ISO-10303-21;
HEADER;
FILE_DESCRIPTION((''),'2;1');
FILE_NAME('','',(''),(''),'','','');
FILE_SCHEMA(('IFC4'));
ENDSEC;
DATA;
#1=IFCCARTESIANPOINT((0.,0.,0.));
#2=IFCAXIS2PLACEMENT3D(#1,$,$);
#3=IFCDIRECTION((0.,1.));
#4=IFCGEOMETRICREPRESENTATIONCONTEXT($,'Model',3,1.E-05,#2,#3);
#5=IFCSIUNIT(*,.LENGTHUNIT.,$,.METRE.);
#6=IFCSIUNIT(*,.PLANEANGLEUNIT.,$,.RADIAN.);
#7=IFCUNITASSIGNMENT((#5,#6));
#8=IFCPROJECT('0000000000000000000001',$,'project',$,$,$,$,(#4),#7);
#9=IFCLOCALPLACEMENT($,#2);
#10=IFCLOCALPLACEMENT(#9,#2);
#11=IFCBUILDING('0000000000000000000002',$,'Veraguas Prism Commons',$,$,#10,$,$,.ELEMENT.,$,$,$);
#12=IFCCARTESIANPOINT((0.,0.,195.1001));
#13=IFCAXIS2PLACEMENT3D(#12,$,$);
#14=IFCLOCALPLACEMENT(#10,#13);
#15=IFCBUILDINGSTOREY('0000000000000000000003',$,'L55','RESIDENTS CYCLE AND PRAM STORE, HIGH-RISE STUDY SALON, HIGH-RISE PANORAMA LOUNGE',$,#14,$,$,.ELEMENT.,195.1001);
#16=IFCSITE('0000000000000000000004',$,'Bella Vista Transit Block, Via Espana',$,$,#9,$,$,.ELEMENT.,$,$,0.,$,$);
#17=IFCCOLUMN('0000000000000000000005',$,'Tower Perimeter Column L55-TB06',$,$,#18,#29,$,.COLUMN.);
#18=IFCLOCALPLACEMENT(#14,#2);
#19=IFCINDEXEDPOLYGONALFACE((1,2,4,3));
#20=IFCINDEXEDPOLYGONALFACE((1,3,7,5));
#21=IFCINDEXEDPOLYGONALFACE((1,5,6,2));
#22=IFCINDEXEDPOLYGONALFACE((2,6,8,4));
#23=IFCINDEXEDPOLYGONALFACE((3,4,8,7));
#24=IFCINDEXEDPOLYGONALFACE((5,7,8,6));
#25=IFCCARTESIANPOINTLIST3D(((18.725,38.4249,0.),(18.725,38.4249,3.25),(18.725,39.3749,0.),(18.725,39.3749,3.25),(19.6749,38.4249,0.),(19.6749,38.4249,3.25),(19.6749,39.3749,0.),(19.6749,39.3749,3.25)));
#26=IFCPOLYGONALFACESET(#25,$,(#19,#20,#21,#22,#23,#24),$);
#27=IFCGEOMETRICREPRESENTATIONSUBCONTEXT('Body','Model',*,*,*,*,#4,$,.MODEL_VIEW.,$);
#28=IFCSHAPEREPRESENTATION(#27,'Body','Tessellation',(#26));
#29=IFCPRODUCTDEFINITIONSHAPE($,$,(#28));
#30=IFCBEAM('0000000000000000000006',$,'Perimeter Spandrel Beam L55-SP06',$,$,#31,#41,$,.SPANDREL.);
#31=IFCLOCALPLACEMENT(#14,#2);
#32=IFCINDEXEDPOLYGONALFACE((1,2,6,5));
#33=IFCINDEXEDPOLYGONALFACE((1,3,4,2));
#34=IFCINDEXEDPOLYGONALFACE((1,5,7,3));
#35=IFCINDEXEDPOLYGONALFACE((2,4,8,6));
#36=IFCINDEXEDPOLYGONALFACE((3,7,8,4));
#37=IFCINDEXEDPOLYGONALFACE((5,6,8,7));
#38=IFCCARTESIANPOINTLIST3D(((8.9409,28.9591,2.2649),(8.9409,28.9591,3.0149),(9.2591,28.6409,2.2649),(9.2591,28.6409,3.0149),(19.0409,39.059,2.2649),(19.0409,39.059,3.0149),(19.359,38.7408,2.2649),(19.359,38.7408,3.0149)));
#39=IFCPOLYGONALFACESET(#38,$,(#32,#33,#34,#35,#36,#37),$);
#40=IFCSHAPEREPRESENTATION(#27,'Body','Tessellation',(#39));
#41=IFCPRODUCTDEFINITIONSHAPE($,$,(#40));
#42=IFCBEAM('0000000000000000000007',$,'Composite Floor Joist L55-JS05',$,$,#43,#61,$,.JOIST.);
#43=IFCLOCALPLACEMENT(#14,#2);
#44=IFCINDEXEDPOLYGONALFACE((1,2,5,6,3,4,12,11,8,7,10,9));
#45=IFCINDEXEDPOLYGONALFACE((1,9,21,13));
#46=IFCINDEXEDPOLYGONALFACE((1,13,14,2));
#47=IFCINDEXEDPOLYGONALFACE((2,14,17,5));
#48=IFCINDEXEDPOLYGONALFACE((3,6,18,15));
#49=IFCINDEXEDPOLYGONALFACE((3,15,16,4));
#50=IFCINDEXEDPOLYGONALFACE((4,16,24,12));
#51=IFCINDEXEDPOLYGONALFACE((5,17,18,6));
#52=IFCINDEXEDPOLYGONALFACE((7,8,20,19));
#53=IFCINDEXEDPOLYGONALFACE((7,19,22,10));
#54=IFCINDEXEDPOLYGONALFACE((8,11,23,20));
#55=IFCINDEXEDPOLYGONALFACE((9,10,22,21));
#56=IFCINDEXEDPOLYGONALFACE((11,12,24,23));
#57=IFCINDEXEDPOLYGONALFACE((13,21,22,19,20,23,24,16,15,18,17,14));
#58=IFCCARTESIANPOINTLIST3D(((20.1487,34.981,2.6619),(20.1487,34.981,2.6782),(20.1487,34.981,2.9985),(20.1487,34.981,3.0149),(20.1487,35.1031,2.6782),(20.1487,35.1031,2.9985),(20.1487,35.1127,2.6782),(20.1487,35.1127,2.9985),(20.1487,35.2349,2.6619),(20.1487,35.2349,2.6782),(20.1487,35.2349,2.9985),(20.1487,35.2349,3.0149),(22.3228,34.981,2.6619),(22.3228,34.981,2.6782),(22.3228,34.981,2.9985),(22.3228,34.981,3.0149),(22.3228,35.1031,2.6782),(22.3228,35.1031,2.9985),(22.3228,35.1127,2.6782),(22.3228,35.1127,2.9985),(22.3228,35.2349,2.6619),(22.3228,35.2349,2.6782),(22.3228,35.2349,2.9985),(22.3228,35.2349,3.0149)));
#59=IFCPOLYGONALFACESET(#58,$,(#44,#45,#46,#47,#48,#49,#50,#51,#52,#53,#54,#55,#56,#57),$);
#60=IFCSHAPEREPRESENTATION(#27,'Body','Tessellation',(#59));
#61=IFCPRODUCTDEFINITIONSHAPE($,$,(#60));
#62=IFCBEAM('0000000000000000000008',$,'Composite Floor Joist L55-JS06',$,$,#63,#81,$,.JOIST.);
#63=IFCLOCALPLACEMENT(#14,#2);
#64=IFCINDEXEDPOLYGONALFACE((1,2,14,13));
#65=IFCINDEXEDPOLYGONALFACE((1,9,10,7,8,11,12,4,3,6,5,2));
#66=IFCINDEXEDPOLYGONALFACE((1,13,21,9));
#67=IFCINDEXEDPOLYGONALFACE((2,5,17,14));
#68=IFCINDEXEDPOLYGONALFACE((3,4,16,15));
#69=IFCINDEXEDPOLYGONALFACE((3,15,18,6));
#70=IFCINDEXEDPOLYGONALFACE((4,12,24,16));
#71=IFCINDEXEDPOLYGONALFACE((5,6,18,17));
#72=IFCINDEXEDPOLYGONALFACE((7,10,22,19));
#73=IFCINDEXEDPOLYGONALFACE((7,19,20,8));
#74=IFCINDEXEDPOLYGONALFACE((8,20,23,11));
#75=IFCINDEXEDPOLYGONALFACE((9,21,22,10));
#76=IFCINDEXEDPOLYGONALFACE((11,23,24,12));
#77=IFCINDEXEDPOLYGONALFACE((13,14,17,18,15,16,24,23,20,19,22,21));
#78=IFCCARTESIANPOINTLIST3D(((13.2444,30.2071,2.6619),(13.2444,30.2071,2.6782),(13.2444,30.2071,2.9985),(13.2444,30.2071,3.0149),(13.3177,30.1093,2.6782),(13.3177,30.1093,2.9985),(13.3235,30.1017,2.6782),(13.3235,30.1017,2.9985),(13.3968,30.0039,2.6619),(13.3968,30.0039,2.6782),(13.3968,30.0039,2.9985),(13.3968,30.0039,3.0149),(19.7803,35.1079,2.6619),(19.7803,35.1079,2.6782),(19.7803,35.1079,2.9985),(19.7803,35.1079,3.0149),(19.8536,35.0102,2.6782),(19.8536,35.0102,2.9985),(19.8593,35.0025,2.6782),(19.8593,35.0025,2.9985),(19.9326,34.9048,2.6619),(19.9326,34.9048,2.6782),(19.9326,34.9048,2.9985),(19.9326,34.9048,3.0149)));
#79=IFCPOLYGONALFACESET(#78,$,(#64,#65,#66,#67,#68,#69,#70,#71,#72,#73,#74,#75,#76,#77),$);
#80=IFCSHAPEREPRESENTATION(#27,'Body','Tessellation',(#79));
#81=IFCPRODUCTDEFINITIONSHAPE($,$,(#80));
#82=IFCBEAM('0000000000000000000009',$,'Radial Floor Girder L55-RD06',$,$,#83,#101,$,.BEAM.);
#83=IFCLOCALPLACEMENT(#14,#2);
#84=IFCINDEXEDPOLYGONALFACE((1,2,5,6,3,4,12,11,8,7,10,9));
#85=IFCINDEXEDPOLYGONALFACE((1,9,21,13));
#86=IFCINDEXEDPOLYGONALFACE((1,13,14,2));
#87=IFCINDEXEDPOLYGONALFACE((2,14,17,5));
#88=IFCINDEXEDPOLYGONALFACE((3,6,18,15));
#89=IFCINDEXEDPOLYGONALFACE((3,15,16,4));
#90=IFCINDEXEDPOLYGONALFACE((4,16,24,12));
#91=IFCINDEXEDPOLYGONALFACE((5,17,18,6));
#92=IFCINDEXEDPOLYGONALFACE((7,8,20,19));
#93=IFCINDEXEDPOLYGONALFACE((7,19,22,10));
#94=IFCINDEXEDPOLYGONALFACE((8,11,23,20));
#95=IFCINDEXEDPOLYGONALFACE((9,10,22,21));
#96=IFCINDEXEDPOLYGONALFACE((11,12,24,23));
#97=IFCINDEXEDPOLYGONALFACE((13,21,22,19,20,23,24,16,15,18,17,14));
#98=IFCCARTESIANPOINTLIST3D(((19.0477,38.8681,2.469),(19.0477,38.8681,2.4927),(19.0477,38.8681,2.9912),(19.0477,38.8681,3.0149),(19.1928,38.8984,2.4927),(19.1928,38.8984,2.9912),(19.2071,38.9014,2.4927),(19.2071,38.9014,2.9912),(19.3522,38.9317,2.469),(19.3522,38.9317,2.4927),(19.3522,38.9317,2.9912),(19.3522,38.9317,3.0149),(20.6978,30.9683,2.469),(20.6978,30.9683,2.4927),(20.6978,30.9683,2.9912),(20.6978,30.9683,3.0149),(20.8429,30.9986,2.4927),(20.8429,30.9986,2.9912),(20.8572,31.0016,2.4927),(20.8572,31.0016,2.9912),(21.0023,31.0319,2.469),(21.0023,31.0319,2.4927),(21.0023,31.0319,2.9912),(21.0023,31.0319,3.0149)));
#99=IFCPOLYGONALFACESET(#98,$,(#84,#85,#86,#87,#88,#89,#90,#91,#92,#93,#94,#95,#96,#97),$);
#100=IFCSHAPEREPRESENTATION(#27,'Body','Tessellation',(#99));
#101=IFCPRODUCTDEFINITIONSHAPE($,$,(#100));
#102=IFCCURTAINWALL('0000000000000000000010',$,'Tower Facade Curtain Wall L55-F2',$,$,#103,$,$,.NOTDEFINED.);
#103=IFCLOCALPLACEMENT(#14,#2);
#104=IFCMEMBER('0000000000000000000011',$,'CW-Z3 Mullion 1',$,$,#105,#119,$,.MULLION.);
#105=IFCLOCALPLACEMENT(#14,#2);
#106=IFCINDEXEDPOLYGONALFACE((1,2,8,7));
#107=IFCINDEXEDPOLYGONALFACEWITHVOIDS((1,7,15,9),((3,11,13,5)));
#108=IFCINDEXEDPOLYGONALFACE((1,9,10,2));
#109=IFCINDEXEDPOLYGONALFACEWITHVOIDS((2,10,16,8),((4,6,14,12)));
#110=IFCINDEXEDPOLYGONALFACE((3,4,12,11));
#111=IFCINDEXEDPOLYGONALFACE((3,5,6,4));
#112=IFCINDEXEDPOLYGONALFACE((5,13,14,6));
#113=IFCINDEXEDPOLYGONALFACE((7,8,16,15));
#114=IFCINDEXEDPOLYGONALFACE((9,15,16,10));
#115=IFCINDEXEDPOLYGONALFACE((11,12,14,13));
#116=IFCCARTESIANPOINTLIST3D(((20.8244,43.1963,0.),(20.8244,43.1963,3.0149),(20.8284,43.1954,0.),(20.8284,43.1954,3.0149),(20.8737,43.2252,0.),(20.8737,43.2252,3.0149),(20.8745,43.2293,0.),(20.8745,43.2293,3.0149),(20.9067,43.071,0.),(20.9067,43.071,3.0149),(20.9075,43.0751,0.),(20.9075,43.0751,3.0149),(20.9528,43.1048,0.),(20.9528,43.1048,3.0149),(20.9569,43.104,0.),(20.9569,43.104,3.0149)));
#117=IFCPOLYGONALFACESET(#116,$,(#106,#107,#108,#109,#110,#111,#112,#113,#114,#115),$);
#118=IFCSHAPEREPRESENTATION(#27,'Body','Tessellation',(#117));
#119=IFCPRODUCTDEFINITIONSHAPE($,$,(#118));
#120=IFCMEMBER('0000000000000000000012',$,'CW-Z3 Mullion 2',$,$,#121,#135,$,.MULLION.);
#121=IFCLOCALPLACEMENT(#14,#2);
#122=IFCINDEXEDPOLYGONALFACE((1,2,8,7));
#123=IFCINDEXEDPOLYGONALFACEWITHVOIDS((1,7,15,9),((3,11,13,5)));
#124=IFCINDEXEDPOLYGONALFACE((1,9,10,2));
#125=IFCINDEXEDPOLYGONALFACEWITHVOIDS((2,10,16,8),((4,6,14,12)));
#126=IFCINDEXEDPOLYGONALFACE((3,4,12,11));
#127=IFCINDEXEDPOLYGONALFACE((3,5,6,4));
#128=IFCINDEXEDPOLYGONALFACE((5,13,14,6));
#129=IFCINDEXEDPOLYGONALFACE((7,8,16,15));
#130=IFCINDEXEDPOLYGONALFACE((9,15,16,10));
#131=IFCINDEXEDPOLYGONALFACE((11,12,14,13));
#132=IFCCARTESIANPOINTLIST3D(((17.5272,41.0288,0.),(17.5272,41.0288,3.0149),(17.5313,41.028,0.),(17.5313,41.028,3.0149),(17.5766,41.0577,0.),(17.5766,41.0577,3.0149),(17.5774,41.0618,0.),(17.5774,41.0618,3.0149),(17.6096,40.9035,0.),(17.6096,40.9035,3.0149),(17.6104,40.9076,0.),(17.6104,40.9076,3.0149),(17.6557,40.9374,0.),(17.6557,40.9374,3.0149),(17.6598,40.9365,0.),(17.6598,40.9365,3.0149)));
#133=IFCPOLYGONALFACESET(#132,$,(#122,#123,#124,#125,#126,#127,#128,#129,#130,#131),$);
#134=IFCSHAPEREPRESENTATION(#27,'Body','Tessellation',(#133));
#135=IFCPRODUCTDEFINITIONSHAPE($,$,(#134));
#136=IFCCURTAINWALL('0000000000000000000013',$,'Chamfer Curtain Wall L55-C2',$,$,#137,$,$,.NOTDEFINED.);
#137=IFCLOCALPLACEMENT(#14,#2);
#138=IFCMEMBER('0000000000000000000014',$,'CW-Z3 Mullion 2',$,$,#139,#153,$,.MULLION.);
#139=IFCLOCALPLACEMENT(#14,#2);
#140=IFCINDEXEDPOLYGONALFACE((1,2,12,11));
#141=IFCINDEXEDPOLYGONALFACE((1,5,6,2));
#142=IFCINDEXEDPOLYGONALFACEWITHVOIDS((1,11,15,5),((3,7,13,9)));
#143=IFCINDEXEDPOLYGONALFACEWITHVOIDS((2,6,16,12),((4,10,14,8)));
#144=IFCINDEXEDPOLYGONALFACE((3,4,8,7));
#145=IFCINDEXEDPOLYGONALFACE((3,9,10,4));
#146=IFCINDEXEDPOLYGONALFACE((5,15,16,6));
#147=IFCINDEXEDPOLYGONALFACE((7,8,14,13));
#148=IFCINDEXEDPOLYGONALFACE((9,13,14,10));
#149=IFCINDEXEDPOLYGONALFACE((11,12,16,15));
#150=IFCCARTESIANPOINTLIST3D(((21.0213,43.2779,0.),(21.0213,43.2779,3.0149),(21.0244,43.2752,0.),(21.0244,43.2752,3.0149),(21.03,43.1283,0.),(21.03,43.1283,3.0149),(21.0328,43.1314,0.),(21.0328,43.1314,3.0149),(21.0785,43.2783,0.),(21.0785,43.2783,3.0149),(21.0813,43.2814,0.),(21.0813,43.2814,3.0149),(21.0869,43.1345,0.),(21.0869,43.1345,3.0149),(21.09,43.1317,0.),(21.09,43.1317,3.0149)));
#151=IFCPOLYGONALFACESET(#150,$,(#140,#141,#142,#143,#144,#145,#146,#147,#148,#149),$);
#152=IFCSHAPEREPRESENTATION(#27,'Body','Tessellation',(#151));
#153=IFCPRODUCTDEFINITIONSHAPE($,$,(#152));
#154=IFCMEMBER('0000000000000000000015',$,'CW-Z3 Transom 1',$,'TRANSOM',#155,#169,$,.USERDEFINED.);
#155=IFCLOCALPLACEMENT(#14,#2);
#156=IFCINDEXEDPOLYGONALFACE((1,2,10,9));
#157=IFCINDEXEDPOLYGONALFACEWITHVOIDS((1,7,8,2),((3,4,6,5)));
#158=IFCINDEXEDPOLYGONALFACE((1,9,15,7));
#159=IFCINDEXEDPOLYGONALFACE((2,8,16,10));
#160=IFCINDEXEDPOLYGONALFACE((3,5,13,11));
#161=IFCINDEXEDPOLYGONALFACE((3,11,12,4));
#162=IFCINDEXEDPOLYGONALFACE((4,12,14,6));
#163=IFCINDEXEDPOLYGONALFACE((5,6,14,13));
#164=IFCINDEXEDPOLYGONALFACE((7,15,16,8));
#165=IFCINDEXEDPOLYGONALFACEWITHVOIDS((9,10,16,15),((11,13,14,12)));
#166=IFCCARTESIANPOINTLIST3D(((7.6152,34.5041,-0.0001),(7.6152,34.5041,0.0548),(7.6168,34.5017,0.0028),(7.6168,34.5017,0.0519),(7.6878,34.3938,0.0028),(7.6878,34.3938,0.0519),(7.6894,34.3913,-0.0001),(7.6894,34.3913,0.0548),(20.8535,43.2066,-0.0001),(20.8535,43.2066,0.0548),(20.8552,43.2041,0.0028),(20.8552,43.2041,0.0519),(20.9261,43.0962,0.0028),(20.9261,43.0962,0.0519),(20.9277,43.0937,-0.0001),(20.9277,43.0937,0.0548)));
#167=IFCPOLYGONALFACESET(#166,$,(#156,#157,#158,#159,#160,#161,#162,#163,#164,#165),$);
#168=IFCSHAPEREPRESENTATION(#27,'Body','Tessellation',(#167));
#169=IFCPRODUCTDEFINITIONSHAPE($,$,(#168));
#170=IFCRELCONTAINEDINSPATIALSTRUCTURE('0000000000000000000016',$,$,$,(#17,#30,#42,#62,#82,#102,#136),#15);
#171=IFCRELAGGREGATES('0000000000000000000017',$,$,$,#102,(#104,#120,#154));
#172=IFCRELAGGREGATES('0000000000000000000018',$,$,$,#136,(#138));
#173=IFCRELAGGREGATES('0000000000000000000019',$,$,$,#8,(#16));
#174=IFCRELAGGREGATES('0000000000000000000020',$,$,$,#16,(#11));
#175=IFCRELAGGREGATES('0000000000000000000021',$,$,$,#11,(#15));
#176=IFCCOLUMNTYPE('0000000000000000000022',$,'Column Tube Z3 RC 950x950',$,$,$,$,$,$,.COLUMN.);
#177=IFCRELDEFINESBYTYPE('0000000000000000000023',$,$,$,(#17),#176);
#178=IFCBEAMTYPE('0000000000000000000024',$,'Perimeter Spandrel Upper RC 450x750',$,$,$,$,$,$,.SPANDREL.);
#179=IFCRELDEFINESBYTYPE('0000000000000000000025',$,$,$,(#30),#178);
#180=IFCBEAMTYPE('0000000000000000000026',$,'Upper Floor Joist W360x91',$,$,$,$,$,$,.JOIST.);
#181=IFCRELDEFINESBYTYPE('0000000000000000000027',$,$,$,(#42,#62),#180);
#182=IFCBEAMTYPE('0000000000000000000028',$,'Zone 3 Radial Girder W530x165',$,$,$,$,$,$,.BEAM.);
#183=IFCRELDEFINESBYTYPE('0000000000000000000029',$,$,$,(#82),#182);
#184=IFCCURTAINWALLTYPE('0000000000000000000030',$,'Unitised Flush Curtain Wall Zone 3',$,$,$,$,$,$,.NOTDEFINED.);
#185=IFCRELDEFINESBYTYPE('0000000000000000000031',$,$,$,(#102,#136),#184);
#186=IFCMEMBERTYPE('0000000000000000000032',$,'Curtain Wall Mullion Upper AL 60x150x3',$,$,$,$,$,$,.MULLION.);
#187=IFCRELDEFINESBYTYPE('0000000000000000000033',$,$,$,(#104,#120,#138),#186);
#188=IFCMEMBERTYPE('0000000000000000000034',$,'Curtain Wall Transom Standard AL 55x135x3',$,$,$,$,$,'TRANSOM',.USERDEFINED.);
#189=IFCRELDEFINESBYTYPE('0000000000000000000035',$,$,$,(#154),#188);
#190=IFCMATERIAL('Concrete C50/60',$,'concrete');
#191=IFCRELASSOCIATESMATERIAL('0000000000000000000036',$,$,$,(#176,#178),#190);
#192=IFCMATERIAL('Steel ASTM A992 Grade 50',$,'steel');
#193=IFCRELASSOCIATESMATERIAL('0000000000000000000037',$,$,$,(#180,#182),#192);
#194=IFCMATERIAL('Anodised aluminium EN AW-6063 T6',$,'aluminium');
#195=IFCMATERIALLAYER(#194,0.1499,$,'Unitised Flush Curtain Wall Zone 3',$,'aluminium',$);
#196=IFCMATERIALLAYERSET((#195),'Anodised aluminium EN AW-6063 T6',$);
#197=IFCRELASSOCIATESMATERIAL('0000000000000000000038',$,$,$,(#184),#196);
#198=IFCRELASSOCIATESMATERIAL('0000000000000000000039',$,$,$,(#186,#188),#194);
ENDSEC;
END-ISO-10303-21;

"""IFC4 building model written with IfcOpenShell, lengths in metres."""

from ifc_helpers import new_model, si_unit, direction, frame, origin, origin_2d, place, context, subcontext, project, spatial, rectangle, hollow_rectangle, i_section, extrude, source, transform, mapped, material, layer, layer_set, material_profile, profile_set, type_object, element, aggregate, save


model = new_model("IFC4")

# Units and contexts
model_context = context("Model", 3, precision=1e-05, world=origin(), true_north=direction((0.0, 1.0)))
body_context = subcontext(model_context, "Body", "Model", "MODEL_VIEW")
ifc_project = project(units=[si_unit("LENGTHUNIT", "METRE"), si_unit("PLANEANGLEUNIT", "RADIAN")], contexts=[model_context])

# Site, building, storey
site_placement = place(None, origin())
site = spatial("IfcSite", under=ifc_project, at=site_placement, Name="Bella Vista Transit Block, Via Espana", CompositionType="ELEMENT", RefElevation=0.0)
building_placement = place(site_placement, origin())
building = spatial("IfcBuilding", under=site, at=building_placement, Name="Veraguas Prism Commons", CompositionType="ELEMENT")
storey_placement = place(building_placement, frame((0.0, 0.0, 195.1001)))
storey = spatial("IfcBuildingStorey", under=building, at=storey_placement, Name="L55", Description="RESIDENTS CYCLE AND PRAM STORE, HIGH-RISE STUDY SALON, HIGH-RISE PANORAMA LOUNGE", CompositionType="ELEMENT", Elevation=195.1001)

# Column
ifc_material_1 = material(Name="Concrete C50/60", Category="concrete")
ifc_material_profile_1 = material_profile(ifc_material_1, rectangle(XDim=0.95, YDim=0.95, at=origin_2d()), Name="RC950X950")
ifc_profile_set_1 = profile_set([ifc_material_profile_1], Name="Concrete C50/60")
column_type = type_object("IfcColumnType", Name="Column Tube Z3 RC 950x950", PredefinedType="COLUMN", material=ifc_profile_set_1)
column_placement = place(storey_placement, frame((19.2, 38.8999, 0.0), z_axis=(0.0, 0.0, 1.0), x_axis=(1.0, 0.0, 0.0)))
element("IfcColumn", 1, at=column_placement, inside=storey, type_object=column_type, Name="Tower Perimeter Column L55-TB06", PredefinedType="COLUMN", context=body_context, shape_type="SweptSolid", body=[
    extrude(rectangle(XDim=0.95, YDim=0.95, at=origin_2d()), origin(), (0.0, 0.0, 1.0), 3.25),
])

# Beams
ifc_material_profile_2 = material_profile(ifc_material_1, rectangle(XDim=0.45, YDim=0.75, at=origin_2d()), Name="RC450X750")
ifc_profile_set_2 = profile_set([ifc_material_profile_2], Name="Concrete C50/60")
beam_type_1 = type_object("IfcBeamType", Name="Perimeter Spandrel Upper RC 450x750", PredefinedType="SPANDREL", material=ifc_profile_set_2)
beam_1_placement = place(storey_placement, frame((19.2, 38.8999, 2.6399), z_axis=(-0.707107, -0.707107, 0.0), x_axis=(0.707107, -0.707107, 0.0)))
element("IfcBeam", 2, at=beam_1_placement, inside=storey, type_object=beam_type_1, Name="Perimeter Spandrel Beam L55-SP06", PredefinedType="SPANDREL", context=body_context, shape_type="SweptSolid", body=[
    extrude(rectangle(XDim=0.45, YDim=0.75, at=origin_2d()), origin(), (0.0, 0.0, 1.0), 14.2834),
])
ifc_material_2 = material(Name="Steel ASTM A992 Grade 50", Category="steel")
ifc_material_profile_3 = material_profile(ifc_material_2, i_section(OverallWidth=0.2539, OverallDepth=0.353, WebThickness=0.0095, FlangeThickness=0.0164, at=origin_2d()), Name="W360X91")
ifc_profile_set_3 = profile_set([ifc_material_profile_3], Name="Steel ASTM A992 Grade 50")
beam_type_2 = type_object("IfcBeamType", Name="Upper Floor Joist W360x91", PredefinedType="JOIST", material=ifc_profile_set_3)
beam_2_placement = place(storey_placement, frame((22.3228, 35.1079, 2.8384), z_axis=(-1.0, 0.0, 0.0), x_axis=(0.0, -1.0, 0.0)))
element("IfcBeam", 3, at=beam_2_placement, inside=storey, type_object=beam_type_2, Name="Composite Floor Joist L55-JS05", PredefinedType="JOIST", context=body_context, shape_type="SweptSolid", body=[
    extrude(i_section(OverallWidth=0.2539, OverallDepth=0.353, WebThickness=0.0095, FlangeThickness=0.0164, at=origin_2d()), origin(), (0.0, 0.0, 1.0), 2.1741),
])
beam_3_placement = place(storey_placement, frame((19.8564, 35.0063, 2.8384), z_axis=(-0.800061, -0.599919, 0.0), x_axis=(0.599919, -0.800061, 0.0)))
element("IfcBeam", 4, at=beam_3_placement, inside=storey, type_object=beam_type_2, Name="Composite Floor Joist L55-JS06", PredefinedType="JOIST", context=body_context, shape_type="SweptSolid", body=[
    extrude(i_section(OverallWidth=0.2539, OverallDepth=0.353, WebThickness=0.0095, FlangeThickness=0.0164, at=origin_2d()), origin(), (0.0, 0.0, 1.0), 8.1692),
])
ifc_material_profile_4 = material_profile(ifc_material_2, i_section(OverallWidth=0.311, OverallDepth=0.5459, WebThickness=0.0146, FlangeThickness=0.0237, at=origin_2d()), Name="W530X165")
ifc_profile_set_4 = profile_set([ifc_material_profile_4], Name="Steel ASTM A992 Grade 50")
beam_type_3 = type_object("IfcBeamType", Name="Zone 3 Radial Girder W530x165", PredefinedType="BEAM", material=ifc_profile_set_4)
beam_4_placement = place(storey_placement, frame((19.2, 38.8999, 2.7419), z_axis=(0.204469, -0.978873, 0.0), x_axis=(0.978873, 0.204469, 0.0)))
element("IfcBeam", 5, at=beam_4_placement, inside=storey, type_object=beam_type_3, Name="Radial Floor Girder L55-RD06", PredefinedType="BEAM", context=body_context, shape_type="SweptSolid", body=[
    extrude(i_section(OverallWidth=0.311, OverallDepth=0.5459, WebThickness=0.0146, FlangeThickness=0.0237, at=origin_2d()), origin(), (0.0, 0.0, 1.0), 8.0703),
])

# Curtain wall, members
ifc_material_3 = material(Name="Anodised aluminium EN AW-6063 T6", Category="aluminium")
ifc_layer_1 = layer(ifc_material_3, 0.1499, Name="Unitised Flush Curtain Wall Zone 3", Category="aluminium")
ifc_layer_set_1 = layer_set([ifc_layer_1], Name="Anodised aluminium EN AW-6063 T6")
curtain_wall_type = type_object("IfcCurtainWallType", Name="Unitised Flush Curtain Wall Zone 3", PredefinedType="NOTDEFINED", material=ifc_layer_set_1)
curtain_wall_1_placement = place(storey_placement, origin())
curtain_wall_1 = element("IfcCurtainWall", 6, at=curtain_wall_1_placement, inside=storey, type_object=curtain_wall_type, Name="Tower Facade Curtain Wall L55-F2", PredefinedType="NOTDEFINED")
ifc_material_profile_5 = material_profile(ifc_material_3, hollow_rectangle(XDim=0.0601, YDim=0.1499, WallThickness=0.0029, at=origin_2d()), Name="AL60X150X3")
ifc_profile_set_5 = profile_set([ifc_material_profile_5], Name="Anodised aluminium EN AW-6063 T6")
member_type_1 = type_object("IfcMemberType", Name="Curtain Wall Mullion Upper AL 60x150x3", PredefinedType="MULLION", material=ifc_profile_set_5)
shared_shape_1 = source(origin(), body_context, "Body", "SweptSolid", [
    extrude(hollow_rectangle(XDim=0.0601, YDim=0.1499, WallThickness=0.0029, at=origin_2d()), origin(), (0.0, 0.0, 1.0), 3.0149),
])
member_1_placement = place(storey_placement, frame((20.8906, 43.1501, 0.0), z_axis=(0.0, 0.0, 1.0), x_axis=(-0.835621, -0.549306, 0.0)))
member_1 = element("IfcMember", 7, at=member_1_placement, type_object=member_type_1, Name="CW-Z3 Mullion 1", PredefinedType="MULLION", context=body_context, shape_type="MappedRepresentation", body=[
    mapped(shared_shape_1, transform((0.0, 0.0, 0.0), scale=1.0)),
])
member_2_placement = place(storey_placement, frame((17.5935, 40.9827, 0.0), z_axis=(0.0, 0.0, 1.0), x_axis=(-0.835621, -0.549306, 0.0)))
member_2 = element("IfcMember", 8, at=member_2_placement, type_object=member_type_1, Name="CW-Z3 Mullion 2", PredefinedType="MULLION", context=body_context, shape_type="MappedRepresentation", body=[
    mapped(shared_shape_1, transform((0.0, 0.0, 0.0), scale=1.0)),
])

# Curtain wall, member
curtain_wall_2_placement = place(storey_placement, origin())
curtain_wall_2 = element("IfcCurtainWall", 9, at=curtain_wall_2_placement, inside=storey, type_object=curtain_wall_type, Name="Chamfer Curtain Wall L55-C2", PredefinedType="NOTDEFINED")
member_3_placement = place(storey_placement, frame((21.0557, 43.2048, 0.0), z_axis=(0.0, 0.0, 1.0), x_axis=(-0.998322, -0.057909, 0.0)))
member_3 = element("IfcMember", 10, at=member_3_placement, type_object=member_type_1, Name="CW-Z3 Mullion 2", PredefinedType="MULLION", context=body_context, shape_type="MappedRepresentation", body=[
    mapped(shared_shape_1, transform((0.0, 0.0, 0.0), scale=1.0)),
])

# Member
ifc_material_profile_6 = material_profile(ifc_material_3, hollow_rectangle(XDim=0.0549, YDim=0.135, WallThickness=0.0029, at=origin_2d()), Name="AL55X135X3")
ifc_profile_set_6 = profile_set([ifc_material_profile_6], Name="Anodised aluminium EN AW-6063 T6")
member_type_2 = type_object("IfcMemberType", Name="Curtain Wall Transom Standard AL 55x135x3", ElementType="TRANSOM", PredefinedType="USERDEFINED", material=ifc_profile_set_6)
shared_shape_2 = source(origin(), body_context, "Body", "SweptSolid", [
    extrude(hollow_rectangle(XDim=0.0549, YDim=0.135, WallThickness=0.0029, at=origin_2d()), origin(), (0.0, 0.0, 1.0), 15.8425),
])
member_4_placement = place(storey_placement, frame((20.8906, 43.1501, 0.0273), z_axis=(-0.83562, -0.549308, 0.0), x_axis=(0.0, 0.0, 1.0)))
member_4 = element("IfcMember", 11, at=member_4_placement, type_object=member_type_2, Name="CW-Z3 Transom 1", ObjectType="TRANSOM", PredefinedType="USERDEFINED", context=body_context, shape_type="MappedRepresentation", body=[
    mapped(shared_shape_2, transform((0.0, 0.0, 0.0), scale=1.0)),
])

aggregate(curtain_wall_1, [member_1, member_2, member_4])
aggregate(curtain_wall_2, [member_3])

save(model, "model.ifc")
